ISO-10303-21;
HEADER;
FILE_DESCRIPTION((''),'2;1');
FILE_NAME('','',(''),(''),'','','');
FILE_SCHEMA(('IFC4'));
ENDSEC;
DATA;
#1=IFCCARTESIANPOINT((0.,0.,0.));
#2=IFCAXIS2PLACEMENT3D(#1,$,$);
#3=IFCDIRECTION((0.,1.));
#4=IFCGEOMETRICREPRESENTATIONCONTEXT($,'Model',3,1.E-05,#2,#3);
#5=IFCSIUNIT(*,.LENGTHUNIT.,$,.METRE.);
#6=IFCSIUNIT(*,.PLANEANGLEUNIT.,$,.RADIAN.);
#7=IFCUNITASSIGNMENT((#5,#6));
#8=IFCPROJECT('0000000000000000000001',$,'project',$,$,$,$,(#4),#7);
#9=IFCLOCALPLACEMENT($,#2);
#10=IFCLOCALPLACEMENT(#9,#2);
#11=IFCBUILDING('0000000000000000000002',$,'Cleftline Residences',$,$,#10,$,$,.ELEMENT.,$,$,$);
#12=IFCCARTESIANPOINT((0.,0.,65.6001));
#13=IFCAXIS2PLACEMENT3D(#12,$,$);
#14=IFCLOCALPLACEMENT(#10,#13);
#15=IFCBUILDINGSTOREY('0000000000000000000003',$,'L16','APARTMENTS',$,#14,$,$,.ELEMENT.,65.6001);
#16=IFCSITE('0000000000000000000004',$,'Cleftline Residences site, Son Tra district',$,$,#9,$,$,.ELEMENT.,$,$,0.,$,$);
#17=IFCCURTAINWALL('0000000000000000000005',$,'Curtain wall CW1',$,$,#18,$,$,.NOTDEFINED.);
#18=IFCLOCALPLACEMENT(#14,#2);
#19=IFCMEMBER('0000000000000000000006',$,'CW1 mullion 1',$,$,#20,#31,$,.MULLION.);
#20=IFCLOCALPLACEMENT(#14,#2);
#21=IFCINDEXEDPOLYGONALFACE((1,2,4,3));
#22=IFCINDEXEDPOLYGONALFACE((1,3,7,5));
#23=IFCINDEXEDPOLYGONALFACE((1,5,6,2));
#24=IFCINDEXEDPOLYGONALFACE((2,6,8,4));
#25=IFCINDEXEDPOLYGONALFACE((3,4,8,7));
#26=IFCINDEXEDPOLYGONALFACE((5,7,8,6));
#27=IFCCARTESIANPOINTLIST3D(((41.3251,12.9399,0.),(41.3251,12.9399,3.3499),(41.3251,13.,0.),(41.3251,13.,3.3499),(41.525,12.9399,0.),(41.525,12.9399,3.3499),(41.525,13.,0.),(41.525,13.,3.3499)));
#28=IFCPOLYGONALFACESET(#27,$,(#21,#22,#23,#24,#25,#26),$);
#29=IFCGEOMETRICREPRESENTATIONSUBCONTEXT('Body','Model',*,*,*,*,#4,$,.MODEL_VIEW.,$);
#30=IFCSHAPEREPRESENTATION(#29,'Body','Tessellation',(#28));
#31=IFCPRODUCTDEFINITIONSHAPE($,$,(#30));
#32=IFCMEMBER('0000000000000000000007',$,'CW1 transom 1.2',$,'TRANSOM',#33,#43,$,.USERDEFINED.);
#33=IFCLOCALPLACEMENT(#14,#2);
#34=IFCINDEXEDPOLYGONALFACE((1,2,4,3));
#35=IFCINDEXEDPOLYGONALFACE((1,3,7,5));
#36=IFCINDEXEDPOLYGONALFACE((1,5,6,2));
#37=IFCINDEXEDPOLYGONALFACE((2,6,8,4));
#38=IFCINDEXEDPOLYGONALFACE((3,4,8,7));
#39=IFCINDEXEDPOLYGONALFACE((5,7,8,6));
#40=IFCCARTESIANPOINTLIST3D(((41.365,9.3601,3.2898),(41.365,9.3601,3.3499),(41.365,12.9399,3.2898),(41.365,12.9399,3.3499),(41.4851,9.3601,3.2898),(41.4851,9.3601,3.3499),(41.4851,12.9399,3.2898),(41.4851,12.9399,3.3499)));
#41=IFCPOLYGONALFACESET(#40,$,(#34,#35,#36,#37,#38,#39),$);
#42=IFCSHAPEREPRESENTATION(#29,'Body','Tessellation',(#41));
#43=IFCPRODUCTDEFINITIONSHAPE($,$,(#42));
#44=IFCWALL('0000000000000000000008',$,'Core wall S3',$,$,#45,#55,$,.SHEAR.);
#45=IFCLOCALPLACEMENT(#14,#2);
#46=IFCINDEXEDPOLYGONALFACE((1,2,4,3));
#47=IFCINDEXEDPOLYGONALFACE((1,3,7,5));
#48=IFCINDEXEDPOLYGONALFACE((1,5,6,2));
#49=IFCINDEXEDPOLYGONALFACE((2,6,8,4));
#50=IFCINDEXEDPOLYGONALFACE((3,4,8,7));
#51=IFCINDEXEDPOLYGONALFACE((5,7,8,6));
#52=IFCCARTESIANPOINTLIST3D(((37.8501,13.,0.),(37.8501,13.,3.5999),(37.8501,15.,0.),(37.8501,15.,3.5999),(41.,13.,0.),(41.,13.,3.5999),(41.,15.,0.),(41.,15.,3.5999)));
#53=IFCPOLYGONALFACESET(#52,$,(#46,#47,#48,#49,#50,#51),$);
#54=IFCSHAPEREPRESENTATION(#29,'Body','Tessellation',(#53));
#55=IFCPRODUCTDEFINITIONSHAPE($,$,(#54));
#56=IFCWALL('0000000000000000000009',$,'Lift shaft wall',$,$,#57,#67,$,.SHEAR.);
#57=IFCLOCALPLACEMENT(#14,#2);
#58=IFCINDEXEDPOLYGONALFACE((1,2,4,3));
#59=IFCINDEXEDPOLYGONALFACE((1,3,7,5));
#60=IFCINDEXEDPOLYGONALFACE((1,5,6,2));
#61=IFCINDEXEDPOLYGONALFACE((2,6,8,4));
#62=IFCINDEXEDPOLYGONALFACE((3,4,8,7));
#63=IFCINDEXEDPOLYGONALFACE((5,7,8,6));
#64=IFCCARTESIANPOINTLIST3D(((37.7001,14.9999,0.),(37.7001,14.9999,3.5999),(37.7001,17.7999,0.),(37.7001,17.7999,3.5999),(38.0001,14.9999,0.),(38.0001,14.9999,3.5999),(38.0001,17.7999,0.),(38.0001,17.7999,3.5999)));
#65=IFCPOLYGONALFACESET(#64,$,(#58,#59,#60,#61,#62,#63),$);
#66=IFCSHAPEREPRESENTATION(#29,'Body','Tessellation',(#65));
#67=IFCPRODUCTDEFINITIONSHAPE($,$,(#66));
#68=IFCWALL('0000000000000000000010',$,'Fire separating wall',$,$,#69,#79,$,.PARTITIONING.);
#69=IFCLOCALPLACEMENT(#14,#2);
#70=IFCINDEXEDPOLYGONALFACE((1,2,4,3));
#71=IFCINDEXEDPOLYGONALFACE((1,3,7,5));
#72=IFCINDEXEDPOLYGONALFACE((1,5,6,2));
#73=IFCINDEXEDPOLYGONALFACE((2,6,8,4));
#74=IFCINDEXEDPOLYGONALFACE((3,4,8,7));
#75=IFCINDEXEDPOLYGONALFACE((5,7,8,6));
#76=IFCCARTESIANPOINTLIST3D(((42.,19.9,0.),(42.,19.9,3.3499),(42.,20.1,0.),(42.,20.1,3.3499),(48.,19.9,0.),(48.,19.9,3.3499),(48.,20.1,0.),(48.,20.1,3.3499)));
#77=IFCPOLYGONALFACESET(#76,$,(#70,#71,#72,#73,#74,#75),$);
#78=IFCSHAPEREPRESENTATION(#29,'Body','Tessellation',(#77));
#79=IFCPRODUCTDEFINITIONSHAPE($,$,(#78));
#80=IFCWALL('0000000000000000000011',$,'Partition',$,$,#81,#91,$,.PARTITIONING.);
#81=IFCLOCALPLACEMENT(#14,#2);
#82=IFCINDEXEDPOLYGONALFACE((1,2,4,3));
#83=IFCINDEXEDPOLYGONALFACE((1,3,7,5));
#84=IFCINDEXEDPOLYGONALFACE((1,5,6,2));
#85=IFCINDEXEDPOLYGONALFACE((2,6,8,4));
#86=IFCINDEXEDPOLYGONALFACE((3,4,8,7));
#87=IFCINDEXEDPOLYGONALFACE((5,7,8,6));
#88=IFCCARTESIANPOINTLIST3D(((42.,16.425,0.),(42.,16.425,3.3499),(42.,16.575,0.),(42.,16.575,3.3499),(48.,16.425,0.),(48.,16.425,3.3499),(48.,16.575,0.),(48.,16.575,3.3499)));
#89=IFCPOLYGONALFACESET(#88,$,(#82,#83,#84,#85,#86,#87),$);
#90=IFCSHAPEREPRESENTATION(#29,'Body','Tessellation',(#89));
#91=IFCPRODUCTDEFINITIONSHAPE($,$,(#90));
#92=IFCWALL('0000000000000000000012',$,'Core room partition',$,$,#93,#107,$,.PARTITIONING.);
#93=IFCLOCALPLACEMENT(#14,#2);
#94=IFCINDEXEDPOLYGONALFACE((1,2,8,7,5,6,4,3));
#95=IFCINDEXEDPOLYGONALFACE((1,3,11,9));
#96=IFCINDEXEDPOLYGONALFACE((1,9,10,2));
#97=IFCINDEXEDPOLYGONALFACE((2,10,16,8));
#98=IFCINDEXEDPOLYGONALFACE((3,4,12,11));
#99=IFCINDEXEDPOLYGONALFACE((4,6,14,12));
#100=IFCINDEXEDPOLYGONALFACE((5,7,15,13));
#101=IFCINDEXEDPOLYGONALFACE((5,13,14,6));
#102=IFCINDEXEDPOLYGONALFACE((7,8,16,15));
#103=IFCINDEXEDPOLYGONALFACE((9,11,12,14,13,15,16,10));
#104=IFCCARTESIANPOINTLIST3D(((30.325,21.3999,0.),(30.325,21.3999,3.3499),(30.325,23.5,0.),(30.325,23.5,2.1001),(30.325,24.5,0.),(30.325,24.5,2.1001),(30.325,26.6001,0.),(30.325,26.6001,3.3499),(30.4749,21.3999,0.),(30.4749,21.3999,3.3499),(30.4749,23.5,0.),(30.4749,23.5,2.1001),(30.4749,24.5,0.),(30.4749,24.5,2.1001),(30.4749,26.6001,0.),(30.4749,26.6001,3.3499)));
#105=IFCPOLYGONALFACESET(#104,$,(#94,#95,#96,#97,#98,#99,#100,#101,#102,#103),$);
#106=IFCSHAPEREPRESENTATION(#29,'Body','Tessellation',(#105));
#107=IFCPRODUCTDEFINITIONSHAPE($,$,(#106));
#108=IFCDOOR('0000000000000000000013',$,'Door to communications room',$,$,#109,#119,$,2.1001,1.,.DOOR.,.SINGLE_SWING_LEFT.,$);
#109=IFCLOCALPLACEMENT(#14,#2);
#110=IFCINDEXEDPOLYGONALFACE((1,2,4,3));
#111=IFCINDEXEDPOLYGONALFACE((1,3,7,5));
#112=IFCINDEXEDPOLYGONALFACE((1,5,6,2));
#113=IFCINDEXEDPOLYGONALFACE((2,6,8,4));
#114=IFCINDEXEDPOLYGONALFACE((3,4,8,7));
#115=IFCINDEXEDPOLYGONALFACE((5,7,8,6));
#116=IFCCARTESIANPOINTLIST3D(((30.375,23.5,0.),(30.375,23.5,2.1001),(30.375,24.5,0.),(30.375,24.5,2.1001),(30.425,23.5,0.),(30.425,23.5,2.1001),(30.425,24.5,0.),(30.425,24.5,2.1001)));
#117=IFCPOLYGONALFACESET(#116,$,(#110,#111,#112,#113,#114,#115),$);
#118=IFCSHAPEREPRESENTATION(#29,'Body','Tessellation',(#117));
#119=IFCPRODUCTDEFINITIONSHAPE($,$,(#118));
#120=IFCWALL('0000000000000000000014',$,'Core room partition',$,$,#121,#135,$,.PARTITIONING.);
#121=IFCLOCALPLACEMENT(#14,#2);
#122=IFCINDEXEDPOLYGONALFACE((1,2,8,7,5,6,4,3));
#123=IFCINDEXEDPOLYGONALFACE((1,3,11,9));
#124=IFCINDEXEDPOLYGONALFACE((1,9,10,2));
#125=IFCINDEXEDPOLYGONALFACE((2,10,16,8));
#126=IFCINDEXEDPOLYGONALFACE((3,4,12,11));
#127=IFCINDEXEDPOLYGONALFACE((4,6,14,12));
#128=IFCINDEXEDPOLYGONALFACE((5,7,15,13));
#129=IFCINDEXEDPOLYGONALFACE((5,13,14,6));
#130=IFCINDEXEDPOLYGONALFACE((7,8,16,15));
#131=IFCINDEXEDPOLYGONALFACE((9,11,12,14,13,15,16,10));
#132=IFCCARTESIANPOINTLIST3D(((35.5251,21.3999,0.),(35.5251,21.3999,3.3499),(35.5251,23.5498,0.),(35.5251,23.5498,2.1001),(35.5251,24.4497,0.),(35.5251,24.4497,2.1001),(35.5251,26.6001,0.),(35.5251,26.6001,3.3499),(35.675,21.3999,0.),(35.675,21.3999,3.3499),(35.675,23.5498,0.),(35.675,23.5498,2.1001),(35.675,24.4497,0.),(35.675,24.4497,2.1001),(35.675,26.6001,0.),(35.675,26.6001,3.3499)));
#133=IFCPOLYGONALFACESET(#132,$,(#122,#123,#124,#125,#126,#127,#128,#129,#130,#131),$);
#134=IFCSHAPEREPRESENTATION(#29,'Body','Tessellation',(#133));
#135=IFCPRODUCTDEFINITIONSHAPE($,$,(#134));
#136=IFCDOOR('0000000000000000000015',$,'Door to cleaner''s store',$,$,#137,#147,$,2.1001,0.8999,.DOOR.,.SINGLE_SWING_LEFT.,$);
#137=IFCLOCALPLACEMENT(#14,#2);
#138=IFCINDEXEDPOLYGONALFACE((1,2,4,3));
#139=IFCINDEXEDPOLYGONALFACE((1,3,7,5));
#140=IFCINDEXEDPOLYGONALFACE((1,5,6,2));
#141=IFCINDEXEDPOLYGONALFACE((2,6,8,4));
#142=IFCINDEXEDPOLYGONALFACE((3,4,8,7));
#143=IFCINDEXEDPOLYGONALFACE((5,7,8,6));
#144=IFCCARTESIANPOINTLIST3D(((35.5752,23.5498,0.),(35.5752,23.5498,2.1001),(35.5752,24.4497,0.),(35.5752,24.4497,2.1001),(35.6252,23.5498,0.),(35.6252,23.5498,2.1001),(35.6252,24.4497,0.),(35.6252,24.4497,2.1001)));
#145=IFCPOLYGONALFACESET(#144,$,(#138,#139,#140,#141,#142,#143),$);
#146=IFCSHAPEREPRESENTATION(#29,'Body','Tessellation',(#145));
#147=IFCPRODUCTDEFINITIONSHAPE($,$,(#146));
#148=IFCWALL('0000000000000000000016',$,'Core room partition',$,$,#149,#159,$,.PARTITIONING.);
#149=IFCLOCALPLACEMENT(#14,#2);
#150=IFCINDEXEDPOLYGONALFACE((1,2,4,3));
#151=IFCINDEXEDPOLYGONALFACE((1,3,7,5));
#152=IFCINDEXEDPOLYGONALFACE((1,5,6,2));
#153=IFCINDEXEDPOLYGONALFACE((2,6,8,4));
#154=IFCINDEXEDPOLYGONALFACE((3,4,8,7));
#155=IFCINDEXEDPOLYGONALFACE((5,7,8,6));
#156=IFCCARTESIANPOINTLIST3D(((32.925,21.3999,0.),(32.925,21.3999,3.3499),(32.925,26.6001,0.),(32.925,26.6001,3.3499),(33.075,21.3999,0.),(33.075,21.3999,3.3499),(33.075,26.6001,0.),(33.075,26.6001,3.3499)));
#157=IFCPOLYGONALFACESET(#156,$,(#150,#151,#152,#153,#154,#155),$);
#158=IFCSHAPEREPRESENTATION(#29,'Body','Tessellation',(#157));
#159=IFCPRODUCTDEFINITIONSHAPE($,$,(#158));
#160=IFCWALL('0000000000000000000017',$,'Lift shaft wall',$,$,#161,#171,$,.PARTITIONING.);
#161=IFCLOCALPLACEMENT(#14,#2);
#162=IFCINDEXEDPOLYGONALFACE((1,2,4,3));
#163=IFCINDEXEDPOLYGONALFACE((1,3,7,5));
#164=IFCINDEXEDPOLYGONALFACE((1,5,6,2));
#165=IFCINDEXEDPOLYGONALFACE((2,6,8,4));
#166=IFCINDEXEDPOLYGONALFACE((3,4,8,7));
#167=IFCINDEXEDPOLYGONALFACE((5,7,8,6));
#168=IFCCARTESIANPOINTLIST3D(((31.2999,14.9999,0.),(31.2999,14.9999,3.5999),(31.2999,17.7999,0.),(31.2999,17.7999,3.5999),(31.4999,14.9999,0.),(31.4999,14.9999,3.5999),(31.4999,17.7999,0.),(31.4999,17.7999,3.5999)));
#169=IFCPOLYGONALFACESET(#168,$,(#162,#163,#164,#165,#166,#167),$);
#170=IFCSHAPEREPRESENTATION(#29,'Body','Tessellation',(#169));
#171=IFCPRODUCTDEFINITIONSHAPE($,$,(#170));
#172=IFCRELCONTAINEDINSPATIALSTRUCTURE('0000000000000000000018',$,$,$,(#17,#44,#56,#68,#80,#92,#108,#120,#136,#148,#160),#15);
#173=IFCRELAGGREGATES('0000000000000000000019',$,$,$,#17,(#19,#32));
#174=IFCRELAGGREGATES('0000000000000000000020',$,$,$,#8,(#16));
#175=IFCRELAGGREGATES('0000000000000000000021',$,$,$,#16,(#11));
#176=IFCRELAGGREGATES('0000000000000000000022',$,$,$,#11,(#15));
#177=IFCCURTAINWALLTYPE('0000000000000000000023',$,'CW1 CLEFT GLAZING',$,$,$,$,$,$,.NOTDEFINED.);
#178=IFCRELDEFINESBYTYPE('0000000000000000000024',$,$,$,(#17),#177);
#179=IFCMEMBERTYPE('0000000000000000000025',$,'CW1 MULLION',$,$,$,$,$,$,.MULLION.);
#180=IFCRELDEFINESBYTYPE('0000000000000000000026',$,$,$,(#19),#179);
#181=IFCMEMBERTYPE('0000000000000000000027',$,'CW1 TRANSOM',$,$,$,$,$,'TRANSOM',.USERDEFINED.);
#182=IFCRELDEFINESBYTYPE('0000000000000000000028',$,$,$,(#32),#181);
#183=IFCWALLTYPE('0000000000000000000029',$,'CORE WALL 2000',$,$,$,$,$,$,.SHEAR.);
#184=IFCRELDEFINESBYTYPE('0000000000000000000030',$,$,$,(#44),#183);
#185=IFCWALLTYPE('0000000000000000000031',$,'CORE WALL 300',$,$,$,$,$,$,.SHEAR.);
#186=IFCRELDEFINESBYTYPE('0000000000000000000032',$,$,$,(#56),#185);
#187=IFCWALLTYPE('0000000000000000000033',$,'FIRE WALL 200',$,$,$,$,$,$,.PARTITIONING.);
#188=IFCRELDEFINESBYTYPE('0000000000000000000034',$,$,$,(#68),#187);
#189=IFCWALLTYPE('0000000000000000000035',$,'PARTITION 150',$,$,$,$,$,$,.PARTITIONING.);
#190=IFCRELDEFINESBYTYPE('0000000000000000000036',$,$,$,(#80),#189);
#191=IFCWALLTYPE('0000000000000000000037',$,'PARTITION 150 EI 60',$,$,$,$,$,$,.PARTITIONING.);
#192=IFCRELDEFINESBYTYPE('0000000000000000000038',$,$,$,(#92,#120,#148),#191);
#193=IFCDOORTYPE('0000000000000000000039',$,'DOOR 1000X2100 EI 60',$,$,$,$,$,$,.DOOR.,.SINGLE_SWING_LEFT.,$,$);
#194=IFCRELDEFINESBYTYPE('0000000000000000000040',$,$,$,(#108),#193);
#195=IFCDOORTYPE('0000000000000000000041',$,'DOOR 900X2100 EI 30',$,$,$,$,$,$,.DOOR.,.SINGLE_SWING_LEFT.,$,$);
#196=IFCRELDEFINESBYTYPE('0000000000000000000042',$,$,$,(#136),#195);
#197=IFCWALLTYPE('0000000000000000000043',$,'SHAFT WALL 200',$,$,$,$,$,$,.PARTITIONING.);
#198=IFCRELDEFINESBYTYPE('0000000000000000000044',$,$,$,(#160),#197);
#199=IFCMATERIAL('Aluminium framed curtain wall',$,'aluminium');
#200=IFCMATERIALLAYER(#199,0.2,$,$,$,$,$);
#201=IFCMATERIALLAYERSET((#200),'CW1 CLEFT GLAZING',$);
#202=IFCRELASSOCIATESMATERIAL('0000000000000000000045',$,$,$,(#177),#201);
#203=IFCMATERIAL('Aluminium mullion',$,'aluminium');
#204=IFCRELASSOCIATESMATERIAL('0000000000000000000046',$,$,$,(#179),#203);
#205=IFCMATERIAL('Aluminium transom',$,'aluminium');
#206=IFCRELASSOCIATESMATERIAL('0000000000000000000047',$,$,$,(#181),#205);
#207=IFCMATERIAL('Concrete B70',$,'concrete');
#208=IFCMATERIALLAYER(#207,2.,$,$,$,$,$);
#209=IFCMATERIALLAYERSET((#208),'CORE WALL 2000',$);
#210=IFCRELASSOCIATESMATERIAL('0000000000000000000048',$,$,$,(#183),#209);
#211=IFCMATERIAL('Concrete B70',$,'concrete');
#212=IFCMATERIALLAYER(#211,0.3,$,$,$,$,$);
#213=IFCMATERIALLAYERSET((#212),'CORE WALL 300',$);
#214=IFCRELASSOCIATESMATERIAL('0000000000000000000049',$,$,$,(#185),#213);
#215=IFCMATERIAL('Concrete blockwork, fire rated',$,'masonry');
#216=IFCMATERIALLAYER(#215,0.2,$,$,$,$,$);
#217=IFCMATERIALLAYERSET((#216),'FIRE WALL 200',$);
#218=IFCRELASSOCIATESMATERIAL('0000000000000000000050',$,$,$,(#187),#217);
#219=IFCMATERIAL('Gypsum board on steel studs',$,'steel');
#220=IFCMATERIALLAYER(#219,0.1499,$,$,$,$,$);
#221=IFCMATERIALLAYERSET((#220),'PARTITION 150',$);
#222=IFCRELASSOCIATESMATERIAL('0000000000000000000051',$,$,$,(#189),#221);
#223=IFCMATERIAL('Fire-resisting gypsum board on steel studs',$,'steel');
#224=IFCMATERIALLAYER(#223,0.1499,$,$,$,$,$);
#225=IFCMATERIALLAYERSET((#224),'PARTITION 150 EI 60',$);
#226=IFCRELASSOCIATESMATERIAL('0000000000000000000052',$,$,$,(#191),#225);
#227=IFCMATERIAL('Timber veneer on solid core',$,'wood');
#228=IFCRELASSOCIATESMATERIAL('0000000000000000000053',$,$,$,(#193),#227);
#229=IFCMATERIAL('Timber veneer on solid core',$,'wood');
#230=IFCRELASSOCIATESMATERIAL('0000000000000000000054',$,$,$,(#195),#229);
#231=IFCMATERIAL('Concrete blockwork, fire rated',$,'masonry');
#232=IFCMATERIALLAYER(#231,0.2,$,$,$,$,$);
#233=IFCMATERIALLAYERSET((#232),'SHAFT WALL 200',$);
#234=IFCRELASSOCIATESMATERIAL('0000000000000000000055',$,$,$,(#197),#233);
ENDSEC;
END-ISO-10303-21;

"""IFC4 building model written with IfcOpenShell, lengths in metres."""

from ifc_helpers import new_model, si_unit, direction, frame, frame_2d, origin, origin_2d, place, context, subcontext, project, spatial, rectangle, extrude, material, layer, layer_set, material_profile, profile_set, type_object, element, fill, aggregate, save


model = new_model("IFC4")

# Units and contexts
model_context = context("Model", 3, precision=1e-05, world=origin(), true_north=direction((0.0, 1.0)))
body_context = subcontext(model_context, "Body", "Model", "MODEL_VIEW")
ifc_project = project(units=[si_unit("LENGTHUNIT", "METRE"), si_unit("PLANEANGLEUNIT", "RADIAN")], contexts=[model_context])

# Site, building, storey
site_placement = place(None, origin())
site = spatial("IfcSite", under=ifc_project, at=site_placement, Name="Cleftline Residences site, Son Tra district", CompositionType="ELEMENT", RefElevation=0.0)
building_placement = place(site_placement, origin())
building = spatial("IfcBuilding", under=site, at=building_placement, Name="Cleftline Residences", CompositionType="ELEMENT")
storey_placement = place(building_placement, frame((0.0, 0.0, 65.6001)))
storey = spatial("IfcBuildingStorey", under=building, at=storey_placement, Name="L16", Description="APARTMENTS", CompositionType="ELEMENT", Elevation=65.6001)

# Curtain wall, members
ifc_material_1 = material(Name="Aluminium framed curtain wall", Category="aluminium")
ifc_layer_1 = layer(ifc_material_1, 0.2)
ifc_layer_set_1 = layer_set([ifc_layer_1], Name="CW1 CLEFT GLAZING")
curtain_wall_type = type_object("IfcCurtainWallType", Name="CW1 CLEFT GLAZING", PredefinedType="NOTDEFINED", material=ifc_layer_set_1)
curtain_wall_placement = place(storey_placement, origin())
curtain_wall = element("IfcCurtainWall", 1, at=curtain_wall_placement, inside=storey, type_object=curtain_wall_type, Name="Curtain wall CW1", PredefinedType="NOTDEFINED")
ifc_material_2 = material(Name="Aluminium mullion", Category="aluminium")
ifc_material_profile_1 = material_profile(ifc_material_2, rectangle(XDim=0.2, YDim=0.0601, at=origin_2d()))
ifc_profile_set_1 = profile_set([ifc_material_profile_1], Name="Aluminium mullion")
member_type_1 = type_object("IfcMemberType", Name="CW1 MULLION", PredefinedType="MULLION", material=ifc_profile_set_1)
member_1_placement = place(storey_placement, frame((41.425, 12.97, 0.0), z_axis=(0.0, 0.0, 1.0), x_axis=(1.0, 0.0, 0.0)))
member_1 = element("IfcMember", 2, at=member_1_placement, type_object=member_type_1, Name="CW1 mullion 1", PredefinedType="MULLION", context=body_context, shape_type="SweptSolid", body=[
    extrude(rectangle(XDim=0.2, YDim=0.0601, at=origin_2d()), origin(), (0.0, 0.0, 1.0), 3.3499),
])
ifc_material_3 = material(Name="Aluminium transom", Category="aluminium")
ifc_material_profile_2 = material_profile(ifc_material_3, rectangle(XDim=0.1201, YDim=0.0601, at=origin_2d()))
ifc_profile_set_2 = profile_set([ifc_material_profile_2], Name="Aluminium transom")
member_type_2 = type_object("IfcMemberType", Name="CW1 TRANSOM", ElementType="TRANSOM", PredefinedType="USERDEFINED", material=ifc_profile_set_2)
member_2_placement = place(storey_placement, frame((41.425, 12.9399, 3.3198), z_axis=(0.0, -1.0, 0.0), x_axis=(1.0, 0.0, 0.0)))
member_2 = element("IfcMember", 3, at=member_2_placement, type_object=member_type_2, Name="CW1 transom 1.2", ObjectType="TRANSOM", PredefinedType="USERDEFINED", context=body_context, shape_type="SweptSolid", body=[
    extrude(rectangle(XDim=0.1201, YDim=0.0601, at=origin_2d()), origin(), (0.0, 0.0, 1.0), 3.5798),
])
aggregate(curtain_wall, [member_1, member_2])

# Walls
ifc_material_4 = material(Name="Concrete B70", Category="concrete")
ifc_layer_2 = layer(ifc_material_4, 2.0)
ifc_layer_set_2 = layer_set([ifc_layer_2], Name="CORE WALL 2000")
wall_type_1 = type_object("IfcWallType", Name="CORE WALL 2000", PredefinedType="SHEAR", material=ifc_layer_set_2)
wall_1_placement = place(storey_placement, frame((37.8501, 14.0, 0.0), z_axis=(0.0, 0.0, 1.0), x_axis=(1.0, 0.0, 0.0)))
element("IfcWall", 4, at=wall_1_placement, inside=storey, type_object=wall_type_1, Name="Core wall S3", PredefinedType="SHEAR", context=body_context, shape_type="SweptSolid", body=[
    extrude(rectangle(XDim=3.1499, YDim=2.0, at=frame_2d((1.575, 0.0))), origin(), (0.0, 0.0, 1.0), 3.5999),
])
ifc_material_5 = material(Name="Concrete B70", Category="concrete")
ifc_layer_3 = layer(ifc_material_5, 0.3)
ifc_layer_set_3 = layer_set([ifc_layer_3], Name="CORE WALL 300")
wall_type_2 = type_object("IfcWallType", Name="CORE WALL 300", PredefinedType="SHEAR", material=ifc_layer_set_3)
wall_2_placement = place(storey_placement, frame((37.8501, 15.0, 0.0), z_axis=(0.0, 0.0, 1.0), x_axis=(0.0, 1.0, 0.0)))
element("IfcWall", 5, at=wall_2_placement, inside=storey, type_object=wall_type_2, Name="Lift shaft wall", PredefinedType="SHEAR", context=body_context, shape_type="SweptSolid", body=[
    extrude(rectangle(XDim=2.8, YDim=0.3, at=frame_2d((1.3999, 0.0))), origin(), (0.0, 0.0, 1.0), 3.5999),
])
ifc_material_6 = material(Name="Concrete blockwork, fire rated", Category="masonry")
ifc_layer_4 = layer(ifc_material_6, 0.2)
ifc_layer_set_4 = layer_set([ifc_layer_4], Name="FIRE WALL 200")
wall_type_3 = type_object("IfcWallType", Name="FIRE WALL 200", PredefinedType="PARTITIONING", material=ifc_layer_set_4)
wall_3_placement = place(storey_placement, frame((42.0, 20.0, 0.0), z_axis=(0.0, 0.0, 1.0), x_axis=(1.0, 0.0, 0.0)))
element("IfcWall", 6, at=wall_3_placement, inside=storey, type_object=wall_type_3, Name="Fire separating wall", PredefinedType="PARTITIONING", context=body_context, shape_type="SweptSolid", body=[
    extrude(rectangle(XDim=6.0, YDim=0.2, at=frame_2d((3.0, 0.0))), origin(), (0.0, 0.0, 1.0), 3.3499),
])
ifc_material_7 = material(Name="Gypsum board on steel studs", Category="steel")
ifc_layer_5 = layer(ifc_material_7, 0.1499)
ifc_layer_set_5 = layer_set([ifc_layer_5], Name="PARTITION 150")
wall_type_4 = type_object("IfcWallType", Name="PARTITION 150", PredefinedType="PARTITIONING", material=ifc_layer_set_5)
wall_4_placement = place(storey_placement, frame((42.0, 16.5, 0.0), z_axis=(0.0, 0.0, 1.0), x_axis=(1.0, 0.0, 0.0)))
element("IfcWall", 7, at=wall_4_placement, inside=storey, type_object=wall_type_4, Name="Partition", PredefinedType="PARTITIONING", context=body_context, shape_type="SweptSolid", body=[
    extrude(rectangle(XDim=6.0, YDim=0.1499, at=frame_2d((3.0, 0.0))), origin(), (0.0, 0.0, 1.0), 3.3499),
])

# Walls, openings, doors
ifc_material_8 = material(Name="Fire-resisting gypsum board on steel studs", Category="steel")
ifc_layer_6 = layer(ifc_material_8, 0.1499)
ifc_layer_set_6 = layer_set([ifc_layer_6], Name="PARTITION 150 EI 60")
wall_type_5 = type_object("IfcWallType", Name="PARTITION 150 EI 60", PredefinedType="PARTITIONING", material=ifc_layer_set_6)
wall_5_placement = place(storey_placement, frame((30.3999, 21.3999, 0.0), z_axis=(0.0, 0.0, 1.0), x_axis=(0.0, 1.0, 0.0)))
wall_5 = element("IfcWall", 8, at=wall_5_placement, inside=storey, type_object=wall_type_5, Name="Core room partition", PredefinedType="PARTITIONING", context=body_context, shape_type="SweptSolid", body=[
    extrude(rectangle(XDim=5.2002, YDim=0.1499, at=frame_2d((2.6001, 0.0))), origin(), (0.0, 0.0, 1.0), 3.3499),
])
opening_1_placement = place(wall_5_placement, frame((2.1001, 0.0, 0.0)))
opening_1 = element("IfcOpeningElement", 9, at=opening_1_placement, cuts=wall_5, PredefinedType="OPENING", context=body_context, shape_type="SweptSolid", body=[
    extrude(rectangle(XDim=1.0, YDim=2.1001, at=frame_2d((0.5, 1.05))), frame((0.0, 0.085, 0.0), z_axis=(0.0, -1.0, 0.0), x_axis=(1.0, 0.0, 0.0)), (0.0, 0.0, 1.0), 0.1699),
])
ifc_material_9 = material(Name="Timber veneer on solid core", Category="wood")
door_type_1 = type_object("IfcDoorType", Name="DOOR 1000X2100 EI 60", OperationType="SINGLE_SWING_LEFT", PredefinedType="DOOR", material=ifc_material_9)
door_1_placement = place(opening_1_placement, origin())
door_1 = element("IfcDoor", 10, at=door_1_placement, inside=storey, type_object=door_type_1, Name="Door to communications room", OperationType="SINGLE_SWING_LEFT", OverallHeight=2.1001, OverallWidth=1.0, PredefinedType="DOOR", context=body_context, shape_type="SweptSolid", body=[
    extrude(rectangle(XDim=1.0, YDim=2.1001, at=frame_2d((0.5, 1.05))), frame((0.0, 0.0249, 0.0), z_axis=(0.0, -1.0, 0.0), x_axis=(1.0, 0.0, 0.0)), (0.0, 0.0, 1.0), 0.05),
])
fill(opening_1, door_1)
wall_6_placement = place(storey_placement, frame((35.6001, 21.3999, 0.0), z_axis=(0.0, 0.0, 1.0), x_axis=(0.0, 1.0, 0.0)))
wall_6 = element("IfcWall", 11, at=wall_6_placement, inside=storey, type_object=wall_type_5, Name="Core room partition", PredefinedType="PARTITIONING", context=body_context, shape_type="SweptSolid", body=[
    extrude(rectangle(XDim=5.2002, YDim=0.1499, at=frame_2d((2.6001, 0.0))), origin(), (0.0, 0.0, 1.0), 3.3499),
])
opening_2_placement = place(wall_6_placement, frame((2.1499, 0.0, 0.0)))
opening_2 = element("IfcOpeningElement", 12, at=opening_2_placement, cuts=wall_6, PredefinedType="OPENING", context=body_context, shape_type="SweptSolid", body=[
    extrude(rectangle(XDim=0.8999, YDim=2.1001, at=frame_2d((0.45, 1.05))), frame((0.0, 0.085, 0.0), z_axis=(0.0, -1.0, 0.0), x_axis=(1.0, 0.0, 0.0)), (0.0, 0.0, 1.0), 0.1699),
])
ifc_material_10 = material(Name="Timber veneer on solid core", Category="wood")
door_type_2 = type_object("IfcDoorType", Name="DOOR 900X2100 EI 30", OperationType="SINGLE_SWING_LEFT", PredefinedType="DOOR", material=ifc_material_10)
door_2_placement = place(opening_2_placement, origin())
door_2 = element("IfcDoor", 13, at=door_2_placement, inside=storey, type_object=door_type_2, Name="Door to cleaner's store", OperationType="SINGLE_SWING_LEFT", OverallHeight=2.1001, OverallWidth=0.8999, PredefinedType="DOOR", context=body_context, shape_type="SweptSolid", body=[
    extrude(rectangle(XDim=0.8999, YDim=2.1001, at=frame_2d((0.45, 1.05))), frame((0.0, 0.0249, 0.0), z_axis=(0.0, -1.0, 0.0), x_axis=(1.0, 0.0, 0.0)), (0.0, 0.0, 1.0), 0.05),
])
fill(opening_2, door_2)

# Walls
wall_7_placement = place(storey_placement, frame((33.0, 21.3999, 0.0), z_axis=(0.0, 0.0, 1.0), x_axis=(0.0, 1.0, 0.0)))
element("IfcWall", 14, at=wall_7_placement, inside=storey, type_object=wall_type_5, Name="Core room partition", PredefinedType="PARTITIONING", context=body_context, shape_type="SweptSolid", body=[
    extrude(rectangle(XDim=5.2002, YDim=0.1499, at=frame_2d((2.6001, 0.0))), origin(), (0.0, 0.0, 1.0), 3.3499),
])
ifc_material_11 = material(Name="Concrete blockwork, fire rated", Category="masonry")
ifc_layer_7 = layer(ifc_material_11, 0.2)
ifc_layer_set_7 = layer_set([ifc_layer_7], Name="SHAFT WALL 200")
wall_type_6 = type_object("IfcWallType", Name="SHAFT WALL 200", PredefinedType="PARTITIONING", material=ifc_layer_set_7)
for number, where, z_axis, x_axis, name in (
    (15, (31.3999, 15.0, 0.0), (0.0, 0.0, 1.0), (0.0, 1.0, 0.0), "Lift shaft wall"),
):
    element("IfcWall", number, at=place(storey_placement, frame(where, z_axis=z_axis, x_axis=x_axis)), inside=storey, type_object=wall_type_6, Name=name, PredefinedType="PARTITIONING", context=body_context, shape_type="SweptSolid", body=[
        extrude(rectangle(XDim=2.8, YDim=0.2, at=frame_2d((1.3999, 0.0))), origin(), (0.0, 0.0, 1.0), 3.5999),
    ])

save(model, "model.ifc")
